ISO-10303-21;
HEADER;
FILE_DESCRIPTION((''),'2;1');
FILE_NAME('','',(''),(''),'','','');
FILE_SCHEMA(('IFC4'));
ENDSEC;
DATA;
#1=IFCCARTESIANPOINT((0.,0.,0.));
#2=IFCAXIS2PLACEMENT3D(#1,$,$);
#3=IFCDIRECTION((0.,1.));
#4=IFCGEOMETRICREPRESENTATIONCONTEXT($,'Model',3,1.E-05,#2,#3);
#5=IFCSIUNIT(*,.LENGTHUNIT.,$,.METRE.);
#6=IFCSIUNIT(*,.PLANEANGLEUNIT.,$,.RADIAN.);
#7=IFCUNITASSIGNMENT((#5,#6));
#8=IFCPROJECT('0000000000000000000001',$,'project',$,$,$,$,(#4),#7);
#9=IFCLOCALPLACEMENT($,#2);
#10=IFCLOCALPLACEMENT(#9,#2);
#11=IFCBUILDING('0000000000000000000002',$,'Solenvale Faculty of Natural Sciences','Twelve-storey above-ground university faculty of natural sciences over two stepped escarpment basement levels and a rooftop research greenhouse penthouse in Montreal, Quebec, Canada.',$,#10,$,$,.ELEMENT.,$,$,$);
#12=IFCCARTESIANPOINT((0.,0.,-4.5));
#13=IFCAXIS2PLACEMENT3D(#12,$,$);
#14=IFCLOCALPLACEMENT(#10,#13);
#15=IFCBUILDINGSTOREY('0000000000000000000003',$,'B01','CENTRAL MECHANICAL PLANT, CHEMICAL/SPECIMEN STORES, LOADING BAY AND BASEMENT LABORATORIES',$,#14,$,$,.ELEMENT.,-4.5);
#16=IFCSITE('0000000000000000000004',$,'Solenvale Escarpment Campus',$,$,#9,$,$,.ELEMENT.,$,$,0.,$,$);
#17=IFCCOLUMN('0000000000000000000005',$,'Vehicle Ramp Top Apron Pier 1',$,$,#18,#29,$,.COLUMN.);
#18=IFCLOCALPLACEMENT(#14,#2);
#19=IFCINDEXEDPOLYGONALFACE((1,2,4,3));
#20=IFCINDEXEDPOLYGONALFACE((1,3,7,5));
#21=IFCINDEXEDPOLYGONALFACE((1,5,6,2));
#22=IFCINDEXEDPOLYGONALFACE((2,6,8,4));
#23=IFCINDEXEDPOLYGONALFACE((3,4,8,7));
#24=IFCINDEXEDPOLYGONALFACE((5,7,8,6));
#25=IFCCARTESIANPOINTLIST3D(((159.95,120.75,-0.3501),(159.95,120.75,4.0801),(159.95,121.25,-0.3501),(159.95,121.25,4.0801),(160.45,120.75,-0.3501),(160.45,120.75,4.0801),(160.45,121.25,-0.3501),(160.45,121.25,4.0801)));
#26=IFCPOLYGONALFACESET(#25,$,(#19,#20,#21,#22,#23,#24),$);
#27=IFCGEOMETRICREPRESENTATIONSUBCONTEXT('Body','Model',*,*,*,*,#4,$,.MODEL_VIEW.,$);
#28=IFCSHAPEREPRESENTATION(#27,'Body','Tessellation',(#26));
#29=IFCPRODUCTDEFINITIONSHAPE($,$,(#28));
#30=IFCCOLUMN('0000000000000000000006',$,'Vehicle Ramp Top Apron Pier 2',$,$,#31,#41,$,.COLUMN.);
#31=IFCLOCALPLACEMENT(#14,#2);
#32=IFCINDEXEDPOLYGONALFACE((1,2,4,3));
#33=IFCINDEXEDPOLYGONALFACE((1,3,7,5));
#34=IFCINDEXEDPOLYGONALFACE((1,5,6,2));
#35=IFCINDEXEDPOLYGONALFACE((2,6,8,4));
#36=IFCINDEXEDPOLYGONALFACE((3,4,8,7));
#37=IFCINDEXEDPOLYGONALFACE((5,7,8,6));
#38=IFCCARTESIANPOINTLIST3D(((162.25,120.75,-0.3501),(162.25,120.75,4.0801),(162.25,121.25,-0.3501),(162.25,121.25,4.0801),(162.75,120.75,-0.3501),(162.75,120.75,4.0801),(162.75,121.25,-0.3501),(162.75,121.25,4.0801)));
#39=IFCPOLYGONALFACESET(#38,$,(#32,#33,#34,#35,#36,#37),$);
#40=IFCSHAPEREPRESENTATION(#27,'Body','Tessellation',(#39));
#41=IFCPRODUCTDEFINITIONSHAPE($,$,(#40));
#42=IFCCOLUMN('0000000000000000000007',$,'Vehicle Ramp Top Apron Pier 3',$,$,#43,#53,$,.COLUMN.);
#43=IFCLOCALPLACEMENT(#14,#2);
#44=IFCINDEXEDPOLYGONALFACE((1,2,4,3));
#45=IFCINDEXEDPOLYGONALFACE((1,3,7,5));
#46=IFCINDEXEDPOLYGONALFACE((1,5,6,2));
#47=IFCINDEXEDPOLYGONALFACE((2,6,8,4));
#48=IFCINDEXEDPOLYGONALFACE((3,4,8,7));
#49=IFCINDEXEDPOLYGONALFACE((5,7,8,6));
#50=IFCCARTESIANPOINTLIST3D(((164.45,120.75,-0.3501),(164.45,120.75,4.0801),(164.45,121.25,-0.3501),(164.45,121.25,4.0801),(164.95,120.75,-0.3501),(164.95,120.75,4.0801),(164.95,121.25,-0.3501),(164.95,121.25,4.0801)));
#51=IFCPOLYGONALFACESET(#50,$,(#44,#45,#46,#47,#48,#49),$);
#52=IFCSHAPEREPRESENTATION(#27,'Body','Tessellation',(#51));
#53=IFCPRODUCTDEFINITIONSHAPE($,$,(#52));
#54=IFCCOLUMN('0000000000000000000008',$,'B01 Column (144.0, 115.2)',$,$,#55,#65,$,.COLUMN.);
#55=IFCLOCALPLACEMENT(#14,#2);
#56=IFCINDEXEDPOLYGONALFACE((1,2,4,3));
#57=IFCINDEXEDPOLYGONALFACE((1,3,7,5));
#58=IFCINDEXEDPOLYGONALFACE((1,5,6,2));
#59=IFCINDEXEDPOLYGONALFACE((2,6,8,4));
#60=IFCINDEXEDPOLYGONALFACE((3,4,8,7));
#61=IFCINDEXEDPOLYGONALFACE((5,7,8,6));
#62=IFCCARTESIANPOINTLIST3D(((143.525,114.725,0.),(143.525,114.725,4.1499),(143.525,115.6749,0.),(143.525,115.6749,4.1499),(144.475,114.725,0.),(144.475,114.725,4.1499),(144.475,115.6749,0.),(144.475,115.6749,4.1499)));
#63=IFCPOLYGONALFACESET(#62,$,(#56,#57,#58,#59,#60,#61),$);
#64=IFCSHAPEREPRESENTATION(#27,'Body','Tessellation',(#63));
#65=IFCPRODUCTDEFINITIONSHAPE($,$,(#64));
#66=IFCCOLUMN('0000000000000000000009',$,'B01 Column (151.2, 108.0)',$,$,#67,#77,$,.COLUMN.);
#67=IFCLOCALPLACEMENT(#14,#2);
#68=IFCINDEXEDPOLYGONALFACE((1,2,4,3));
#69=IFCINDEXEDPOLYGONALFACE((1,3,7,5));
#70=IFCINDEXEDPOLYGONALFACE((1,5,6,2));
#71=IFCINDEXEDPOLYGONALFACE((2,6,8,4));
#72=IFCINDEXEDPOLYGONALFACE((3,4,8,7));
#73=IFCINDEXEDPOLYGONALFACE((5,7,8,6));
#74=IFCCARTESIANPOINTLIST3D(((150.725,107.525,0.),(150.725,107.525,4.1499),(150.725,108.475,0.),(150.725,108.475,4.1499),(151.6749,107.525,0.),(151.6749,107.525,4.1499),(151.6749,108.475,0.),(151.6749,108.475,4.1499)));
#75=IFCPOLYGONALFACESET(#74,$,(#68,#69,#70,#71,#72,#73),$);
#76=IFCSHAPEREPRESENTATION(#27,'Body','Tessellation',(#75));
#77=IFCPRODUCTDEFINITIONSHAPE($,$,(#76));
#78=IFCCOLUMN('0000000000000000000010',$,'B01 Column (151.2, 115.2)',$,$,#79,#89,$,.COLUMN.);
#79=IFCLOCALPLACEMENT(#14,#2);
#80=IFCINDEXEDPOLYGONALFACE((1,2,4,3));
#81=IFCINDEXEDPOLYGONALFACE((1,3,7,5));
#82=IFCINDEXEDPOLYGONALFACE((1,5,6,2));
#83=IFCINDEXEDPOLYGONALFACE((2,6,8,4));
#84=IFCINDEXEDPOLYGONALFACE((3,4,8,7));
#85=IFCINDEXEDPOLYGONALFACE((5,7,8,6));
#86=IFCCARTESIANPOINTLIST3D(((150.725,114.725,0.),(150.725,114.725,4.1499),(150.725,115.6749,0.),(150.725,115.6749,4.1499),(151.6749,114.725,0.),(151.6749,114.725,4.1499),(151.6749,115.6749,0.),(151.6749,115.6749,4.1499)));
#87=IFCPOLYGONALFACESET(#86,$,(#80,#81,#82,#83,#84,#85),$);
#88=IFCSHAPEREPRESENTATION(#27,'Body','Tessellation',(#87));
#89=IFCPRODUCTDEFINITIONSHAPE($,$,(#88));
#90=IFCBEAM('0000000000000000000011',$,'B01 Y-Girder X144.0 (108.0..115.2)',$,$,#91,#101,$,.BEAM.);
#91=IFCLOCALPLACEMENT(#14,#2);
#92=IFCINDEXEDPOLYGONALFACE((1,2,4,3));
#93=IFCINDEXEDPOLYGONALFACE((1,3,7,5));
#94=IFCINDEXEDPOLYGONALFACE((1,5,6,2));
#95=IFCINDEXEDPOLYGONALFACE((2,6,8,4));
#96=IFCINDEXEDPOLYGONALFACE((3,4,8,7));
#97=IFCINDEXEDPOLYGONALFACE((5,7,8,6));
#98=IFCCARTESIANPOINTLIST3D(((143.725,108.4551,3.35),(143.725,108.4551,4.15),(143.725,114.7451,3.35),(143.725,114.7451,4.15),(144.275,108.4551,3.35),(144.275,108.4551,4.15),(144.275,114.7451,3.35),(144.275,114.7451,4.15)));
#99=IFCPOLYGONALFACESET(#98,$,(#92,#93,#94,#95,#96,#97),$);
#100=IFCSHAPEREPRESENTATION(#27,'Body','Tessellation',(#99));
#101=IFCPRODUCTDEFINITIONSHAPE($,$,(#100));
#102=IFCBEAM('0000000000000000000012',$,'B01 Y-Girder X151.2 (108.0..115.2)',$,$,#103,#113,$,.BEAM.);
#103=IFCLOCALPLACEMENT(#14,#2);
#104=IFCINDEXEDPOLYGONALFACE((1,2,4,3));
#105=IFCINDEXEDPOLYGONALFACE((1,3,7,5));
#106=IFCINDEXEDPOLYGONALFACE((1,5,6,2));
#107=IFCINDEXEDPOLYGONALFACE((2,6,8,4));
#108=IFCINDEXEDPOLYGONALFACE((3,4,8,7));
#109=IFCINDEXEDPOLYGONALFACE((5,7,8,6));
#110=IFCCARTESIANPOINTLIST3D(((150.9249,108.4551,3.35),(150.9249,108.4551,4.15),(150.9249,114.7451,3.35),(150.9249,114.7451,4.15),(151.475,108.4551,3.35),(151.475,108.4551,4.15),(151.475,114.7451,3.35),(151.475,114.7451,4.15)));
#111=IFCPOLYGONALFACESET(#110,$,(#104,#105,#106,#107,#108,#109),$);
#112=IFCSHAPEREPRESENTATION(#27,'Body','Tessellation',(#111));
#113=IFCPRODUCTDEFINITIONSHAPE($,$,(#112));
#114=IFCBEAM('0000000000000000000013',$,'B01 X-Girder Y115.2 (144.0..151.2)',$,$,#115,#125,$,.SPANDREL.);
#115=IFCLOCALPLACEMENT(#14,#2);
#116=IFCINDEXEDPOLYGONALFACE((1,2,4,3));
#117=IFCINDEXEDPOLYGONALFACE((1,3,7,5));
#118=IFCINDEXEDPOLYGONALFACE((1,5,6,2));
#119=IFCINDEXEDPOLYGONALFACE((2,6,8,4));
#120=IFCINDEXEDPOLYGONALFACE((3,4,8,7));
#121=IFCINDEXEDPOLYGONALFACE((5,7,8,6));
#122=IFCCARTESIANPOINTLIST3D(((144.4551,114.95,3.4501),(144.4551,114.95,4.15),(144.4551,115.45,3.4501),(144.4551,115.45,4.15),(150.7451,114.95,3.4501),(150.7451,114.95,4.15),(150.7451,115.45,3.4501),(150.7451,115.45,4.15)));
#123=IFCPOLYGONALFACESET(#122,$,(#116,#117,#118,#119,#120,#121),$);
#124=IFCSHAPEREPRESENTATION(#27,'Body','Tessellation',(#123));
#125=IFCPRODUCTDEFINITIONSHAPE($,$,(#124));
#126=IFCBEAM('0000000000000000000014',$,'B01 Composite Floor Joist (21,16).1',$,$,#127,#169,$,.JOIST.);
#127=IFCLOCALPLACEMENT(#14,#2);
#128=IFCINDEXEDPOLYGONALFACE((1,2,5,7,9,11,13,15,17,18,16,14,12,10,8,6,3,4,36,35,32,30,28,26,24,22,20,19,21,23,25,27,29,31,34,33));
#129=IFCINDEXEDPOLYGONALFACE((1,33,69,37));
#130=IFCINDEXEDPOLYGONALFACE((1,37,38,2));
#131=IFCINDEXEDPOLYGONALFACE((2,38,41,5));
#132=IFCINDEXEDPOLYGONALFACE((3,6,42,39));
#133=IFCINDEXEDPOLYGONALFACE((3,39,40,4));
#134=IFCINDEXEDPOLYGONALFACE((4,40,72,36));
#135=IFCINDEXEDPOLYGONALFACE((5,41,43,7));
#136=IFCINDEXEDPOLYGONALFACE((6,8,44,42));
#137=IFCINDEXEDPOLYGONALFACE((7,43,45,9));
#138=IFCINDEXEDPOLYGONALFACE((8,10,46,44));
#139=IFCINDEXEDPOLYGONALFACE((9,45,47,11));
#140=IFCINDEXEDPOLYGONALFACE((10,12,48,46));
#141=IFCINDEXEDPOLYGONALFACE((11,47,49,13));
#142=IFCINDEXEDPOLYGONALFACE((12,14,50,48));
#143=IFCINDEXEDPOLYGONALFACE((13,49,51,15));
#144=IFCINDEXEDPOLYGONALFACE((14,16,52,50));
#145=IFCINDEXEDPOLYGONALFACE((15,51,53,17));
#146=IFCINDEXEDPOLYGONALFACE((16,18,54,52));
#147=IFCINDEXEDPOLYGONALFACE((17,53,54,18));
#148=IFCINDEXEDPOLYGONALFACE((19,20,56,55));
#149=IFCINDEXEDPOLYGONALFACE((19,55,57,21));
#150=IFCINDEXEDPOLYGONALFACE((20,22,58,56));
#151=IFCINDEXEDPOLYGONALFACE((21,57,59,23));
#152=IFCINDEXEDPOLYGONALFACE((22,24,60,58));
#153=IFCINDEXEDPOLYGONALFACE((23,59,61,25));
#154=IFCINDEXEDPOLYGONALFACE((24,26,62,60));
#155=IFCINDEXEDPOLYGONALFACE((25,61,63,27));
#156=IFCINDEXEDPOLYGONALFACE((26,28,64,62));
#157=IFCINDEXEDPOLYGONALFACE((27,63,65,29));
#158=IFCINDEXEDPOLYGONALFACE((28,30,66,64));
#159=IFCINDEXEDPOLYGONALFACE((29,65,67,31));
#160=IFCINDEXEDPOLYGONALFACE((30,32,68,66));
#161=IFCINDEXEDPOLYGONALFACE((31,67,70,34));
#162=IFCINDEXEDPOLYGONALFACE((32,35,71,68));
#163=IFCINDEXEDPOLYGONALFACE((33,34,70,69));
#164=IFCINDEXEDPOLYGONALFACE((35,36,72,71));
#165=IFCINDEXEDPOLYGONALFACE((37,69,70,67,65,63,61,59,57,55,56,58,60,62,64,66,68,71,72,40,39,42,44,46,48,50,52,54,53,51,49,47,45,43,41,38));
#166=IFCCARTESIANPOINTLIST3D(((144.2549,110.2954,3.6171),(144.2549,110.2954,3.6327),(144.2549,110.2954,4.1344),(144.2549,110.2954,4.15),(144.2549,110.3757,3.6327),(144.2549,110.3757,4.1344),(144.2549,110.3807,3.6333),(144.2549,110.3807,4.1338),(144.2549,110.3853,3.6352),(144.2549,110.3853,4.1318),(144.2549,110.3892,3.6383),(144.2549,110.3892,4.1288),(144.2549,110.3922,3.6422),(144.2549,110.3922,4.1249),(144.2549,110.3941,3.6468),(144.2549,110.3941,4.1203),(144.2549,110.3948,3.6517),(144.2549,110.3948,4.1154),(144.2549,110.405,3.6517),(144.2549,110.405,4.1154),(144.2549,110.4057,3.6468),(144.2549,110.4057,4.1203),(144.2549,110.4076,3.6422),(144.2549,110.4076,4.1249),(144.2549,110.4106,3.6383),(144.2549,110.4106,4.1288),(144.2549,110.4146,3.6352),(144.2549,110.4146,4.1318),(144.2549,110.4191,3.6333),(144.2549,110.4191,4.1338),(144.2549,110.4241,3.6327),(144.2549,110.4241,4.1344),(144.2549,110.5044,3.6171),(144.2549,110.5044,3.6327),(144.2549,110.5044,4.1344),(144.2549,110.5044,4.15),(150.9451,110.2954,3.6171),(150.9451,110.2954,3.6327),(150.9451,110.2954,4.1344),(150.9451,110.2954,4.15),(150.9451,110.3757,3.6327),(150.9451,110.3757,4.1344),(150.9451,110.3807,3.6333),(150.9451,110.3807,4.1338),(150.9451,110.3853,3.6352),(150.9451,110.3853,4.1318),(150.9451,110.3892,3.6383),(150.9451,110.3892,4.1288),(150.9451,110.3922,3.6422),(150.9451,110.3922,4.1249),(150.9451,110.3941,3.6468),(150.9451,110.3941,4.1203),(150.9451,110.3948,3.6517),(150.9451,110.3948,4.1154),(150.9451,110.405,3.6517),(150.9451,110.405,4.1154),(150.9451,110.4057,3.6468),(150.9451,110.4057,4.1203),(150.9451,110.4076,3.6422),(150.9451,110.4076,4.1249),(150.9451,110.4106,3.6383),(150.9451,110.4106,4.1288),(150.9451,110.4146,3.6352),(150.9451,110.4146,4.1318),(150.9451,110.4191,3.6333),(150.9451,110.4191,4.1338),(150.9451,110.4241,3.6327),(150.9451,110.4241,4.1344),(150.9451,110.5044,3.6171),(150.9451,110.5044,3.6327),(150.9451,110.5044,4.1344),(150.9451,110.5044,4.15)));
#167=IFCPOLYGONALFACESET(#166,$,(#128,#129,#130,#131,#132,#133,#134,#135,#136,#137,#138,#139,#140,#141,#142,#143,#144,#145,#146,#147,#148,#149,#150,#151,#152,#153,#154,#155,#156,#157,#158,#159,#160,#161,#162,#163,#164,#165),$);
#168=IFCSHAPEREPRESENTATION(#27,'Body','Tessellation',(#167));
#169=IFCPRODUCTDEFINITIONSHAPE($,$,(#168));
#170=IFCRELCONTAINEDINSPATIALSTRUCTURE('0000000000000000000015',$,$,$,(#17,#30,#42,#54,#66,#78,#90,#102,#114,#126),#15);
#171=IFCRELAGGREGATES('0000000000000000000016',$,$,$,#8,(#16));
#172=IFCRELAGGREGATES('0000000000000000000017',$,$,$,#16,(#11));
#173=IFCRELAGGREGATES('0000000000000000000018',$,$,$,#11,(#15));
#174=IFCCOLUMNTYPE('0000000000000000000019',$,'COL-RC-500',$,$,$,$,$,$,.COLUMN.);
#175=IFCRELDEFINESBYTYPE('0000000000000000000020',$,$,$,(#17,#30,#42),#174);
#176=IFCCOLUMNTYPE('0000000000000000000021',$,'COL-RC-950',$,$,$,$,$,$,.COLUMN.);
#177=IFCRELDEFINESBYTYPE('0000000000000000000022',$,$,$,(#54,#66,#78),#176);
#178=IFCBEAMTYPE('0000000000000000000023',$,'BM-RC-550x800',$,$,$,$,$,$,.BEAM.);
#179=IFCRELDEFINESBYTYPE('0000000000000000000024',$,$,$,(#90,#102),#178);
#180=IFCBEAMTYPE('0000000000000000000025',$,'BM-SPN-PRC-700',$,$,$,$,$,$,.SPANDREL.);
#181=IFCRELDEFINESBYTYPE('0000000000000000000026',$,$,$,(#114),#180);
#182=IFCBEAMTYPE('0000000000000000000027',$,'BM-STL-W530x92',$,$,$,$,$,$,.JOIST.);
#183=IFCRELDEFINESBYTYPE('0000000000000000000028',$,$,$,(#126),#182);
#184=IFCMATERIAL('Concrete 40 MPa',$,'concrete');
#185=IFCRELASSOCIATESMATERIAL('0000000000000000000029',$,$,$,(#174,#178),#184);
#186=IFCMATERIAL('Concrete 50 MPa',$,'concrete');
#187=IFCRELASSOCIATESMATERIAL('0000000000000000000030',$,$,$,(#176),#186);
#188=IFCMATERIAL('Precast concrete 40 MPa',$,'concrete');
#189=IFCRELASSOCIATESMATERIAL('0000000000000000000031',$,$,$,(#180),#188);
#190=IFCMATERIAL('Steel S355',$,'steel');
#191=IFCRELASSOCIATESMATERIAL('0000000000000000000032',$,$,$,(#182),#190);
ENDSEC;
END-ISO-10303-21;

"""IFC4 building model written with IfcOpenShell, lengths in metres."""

from ifc_helpers import new_model, si_unit, direction, frame, origin, origin_2d, place, context, subcontext, project, spatial, rectangle, i_section, extrude, material, material_profile, profile_set, type_object, element, save


model = new_model("IFC4")

# Units and contexts
model_context = context("Model", 3, precision=1e-05, world=origin(), true_north=direction((0.0, 1.0)))
body_context = subcontext(model_context, "Body", "Model", "MODEL_VIEW")
ifc_project = project(units=[si_unit("LENGTHUNIT", "METRE"), si_unit("PLANEANGLEUNIT", "RADIAN")], contexts=[model_context])

# Site, building, storey
site_placement = place(None, origin())
site = spatial("IfcSite", under=ifc_project, at=site_placement, Name="Solenvale Escarpment Campus", CompositionType="ELEMENT", RefElevation=0.0)
building_placement = place(site_placement, origin())
building = spatial("IfcBuilding", under=site, at=building_placement, Name="Solenvale Faculty of Natural Sciences", Description="Twelve-storey above-ground university faculty of natural sciences over two stepped escarpment basement levels and a rooftop research greenhouse penthouse in Montreal, Quebec, Canada.", CompositionType="ELEMENT")
storey_placement = place(building_placement, frame((0.0, 0.0, -4.5)))
storey = spatial("IfcBuildingStorey", under=building, at=storey_placement, Name="B01", Description="CENTRAL MECHANICAL PLANT, CHEMICAL/SPECIMEN STORES, LOADING BAY AND BASEMENT LABORATORIES", CompositionType="ELEMENT", Elevation=-4.5)

# Shared definitions
ifc_material_1 = material(Name="Concrete 40 MPa", Category="concrete")

# Columns
ifc_material_profile_1 = material_profile(ifc_material_1, rectangle(XDim=0.5, YDim=0.5, at=origin_2d()), Name="RC-COL-500x500")
ifc_profile_set_1 = profile_set([ifc_material_profile_1], Name="Concrete 40 MPa")
column_type_1 = type_object("IfcColumnType", Name="COL-RC-500", PredefinedType="COLUMN", material=ifc_profile_set_1)
for number, where, z_axis, x_axis, name in (
    (1, (160.2, 121.0, -0.3501), (0.0, 0.0, 1.0), (1.0, 0.0, 0.0), "Vehicle Ramp Top Apron Pier 1"),
    (2, (162.5, 121.0, -0.3501), (0.0, 0.0, 1.0), (1.0, 0.0, 0.0), "Vehicle Ramp Top Apron Pier 2"),
    (3, (164.7, 121.0, -0.3501), (0.0, 0.0, 1.0), (1.0, 0.0, 0.0), "Vehicle Ramp Top Apron Pier 3"),
):
    element("IfcColumn", number, at=place(storey_placement, frame(where, z_axis=z_axis, x_axis=x_axis)), inside=storey, type_object=column_type_1, Name=name, PredefinedType="COLUMN", context=body_context, shape_type="SweptSolid", body=[
        extrude(rectangle(XDim=0.5, YDim=0.5, at=origin_2d()), origin(), (0.0, 0.0, 1.0), 4.4302),
    ])
ifc_material_2 = material(Name="Concrete 50 MPa", Category="concrete")
ifc_material_profile_2 = material_profile(ifc_material_2, rectangle(XDim=0.95, YDim=0.95, at=origin_2d()), Name="RC-COL-950x950")
ifc_profile_set_2 = profile_set([ifc_material_profile_2], Name="Concrete 50 MPa")
column_type_2 = type_object("IfcColumnType", Name="COL-RC-950", PredefinedType="COLUMN", material=ifc_profile_set_2)
for number, where, z_axis, x_axis, name in (
    (4, (144.0, 115.2, 0.0), (0.0, 0.0, 1.0), (1.0, 0.0, 0.0), "B01 Column (144.0, 115.2)"),
    (5, (151.2, 108.0, 0.0), (0.0, 0.0, 1.0), (1.0, 0.0, 0.0), "B01 Column (151.2, 108.0)"),
    (6, (151.2, 115.2, 0.0), (0.0, 0.0, 1.0), (1.0, 0.0, 0.0), "B01 Column (151.2, 115.2)"),
):
    element("IfcColumn", number, at=place(storey_placement, frame(where, z_axis=z_axis, x_axis=x_axis)), inside=storey, type_object=column_type_2, Name=name, PredefinedType="COLUMN", context=body_context, shape_type="SweptSolid", body=[
        extrude(rectangle(XDim=0.95, YDim=0.95, at=origin_2d()), origin(), (0.0, 0.0, 1.0), 4.1499),
    ])

# Beams
ifc_material_profile_3 = material_profile(ifc_material_1, rectangle(XDim=0.55, YDim=0.8, at=origin_2d()), Name="RC-BM-550x800")
ifc_profile_set_3 = profile_set([ifc_material_profile_3], Name="Concrete 40 MPa")
beam_type_1 = type_object("IfcBeamType", Name="BM-RC-550x800", PredefinedType="BEAM", material=ifc_profile_set_3)
for number, where, z_axis, x_axis, name in (
    (7, (144.0, 108.4551, 3.75), (0.0, 1.0, 0.0), (-1.0, 0.0, 0.0), "B01 Y-Girder X144.0 (108.0..115.2)"),
    (8, (151.2, 108.4551, 3.75), (0.0, 1.0, 0.0), (-1.0, 0.0, 0.0), "B01 Y-Girder X151.2 (108.0..115.2)"),
):
    element("IfcBeam", number, at=place(storey_placement, frame(where, z_axis=z_axis, x_axis=x_axis)), inside=storey, type_object=beam_type_1, Name=name, PredefinedType="BEAM", context=body_context, shape_type="SweptSolid", body=[
        extrude(rectangle(XDim=0.55, YDim=0.8, at=origin_2d()), origin(), (0.0, 0.0, 1.0), 6.29),
    ])
ifc_material_3 = material(Name="Precast concrete 40 MPa", Category="concrete")
ifc_material_profile_4 = material_profile(ifc_material_3, rectangle(XDim=0.5, YDim=0.7, at=origin_2d()), Name="RC-BM-500x700")
ifc_profile_set_4 = profile_set([ifc_material_profile_4], Name="Precast concrete 40 MPa")
beam_type_2 = type_object("IfcBeamType", Name="BM-SPN-PRC-700", PredefinedType="SPANDREL", material=ifc_profile_set_4)
beam_placement = place(storey_placement, frame((144.4551, 115.2, 3.8), z_axis=(1.0, 0.0, 0.0), x_axis=(0.0, 1.0, 0.0)))
element("IfcBeam", 9, at=beam_placement, inside=storey, type_object=beam_type_2, Name="B01 X-Girder Y115.2 (144.0..151.2)", PredefinedType="SPANDREL", context=body_context, shape_type="SweptSolid", body=[
    extrude(rectangle(XDim=0.5, YDim=0.7, at=origin_2d()), origin(), (0.0, 0.0, 1.0), 6.29),
])
ifc_material_4 = material(Name="Steel S355", Category="steel")
ifc_material_profile_5 = material_profile(ifc_material_4, i_section(OverallWidth=0.209, OverallDepth=0.533, WebThickness=0.0103, FlangeThickness=0.0156, FilletRadius=0.019, at=origin_2d()), Name="W530x92")
ifc_profile_set_5 = profile_set([ifc_material_profile_5], Name="Steel S355")
beam_type_3 = type_object("IfcBeamType", Name="BM-STL-W530x92", PredefinedType="JOIST", material=ifc_profile_set_5)
for number, where, z_axis, x_axis, name in (
    (10, (144.2549, 110.3999, 3.8835), (1.0, 0.0, 0.0), (0.0, 1.0, 0.0), "B01 Composite Floor Joist (21,16).1"),
):
    element("IfcBeam", number, at=place(storey_placement, frame(where, z_axis=z_axis, x_axis=x_axis)), inside=storey, type_object=beam_type_3, Name=name, PredefinedType="JOIST", context=body_context, shape_type="SweptSolid", body=[
        extrude(i_section(OverallWidth=0.209, OverallDepth=0.533, WebThickness=0.0103, FlangeThickness=0.0156, FilletRadius=0.019, at=origin_2d()), origin(), (0.0, 0.0, 1.0), 6.6902),
    ])

save(model, "model.ifc")
